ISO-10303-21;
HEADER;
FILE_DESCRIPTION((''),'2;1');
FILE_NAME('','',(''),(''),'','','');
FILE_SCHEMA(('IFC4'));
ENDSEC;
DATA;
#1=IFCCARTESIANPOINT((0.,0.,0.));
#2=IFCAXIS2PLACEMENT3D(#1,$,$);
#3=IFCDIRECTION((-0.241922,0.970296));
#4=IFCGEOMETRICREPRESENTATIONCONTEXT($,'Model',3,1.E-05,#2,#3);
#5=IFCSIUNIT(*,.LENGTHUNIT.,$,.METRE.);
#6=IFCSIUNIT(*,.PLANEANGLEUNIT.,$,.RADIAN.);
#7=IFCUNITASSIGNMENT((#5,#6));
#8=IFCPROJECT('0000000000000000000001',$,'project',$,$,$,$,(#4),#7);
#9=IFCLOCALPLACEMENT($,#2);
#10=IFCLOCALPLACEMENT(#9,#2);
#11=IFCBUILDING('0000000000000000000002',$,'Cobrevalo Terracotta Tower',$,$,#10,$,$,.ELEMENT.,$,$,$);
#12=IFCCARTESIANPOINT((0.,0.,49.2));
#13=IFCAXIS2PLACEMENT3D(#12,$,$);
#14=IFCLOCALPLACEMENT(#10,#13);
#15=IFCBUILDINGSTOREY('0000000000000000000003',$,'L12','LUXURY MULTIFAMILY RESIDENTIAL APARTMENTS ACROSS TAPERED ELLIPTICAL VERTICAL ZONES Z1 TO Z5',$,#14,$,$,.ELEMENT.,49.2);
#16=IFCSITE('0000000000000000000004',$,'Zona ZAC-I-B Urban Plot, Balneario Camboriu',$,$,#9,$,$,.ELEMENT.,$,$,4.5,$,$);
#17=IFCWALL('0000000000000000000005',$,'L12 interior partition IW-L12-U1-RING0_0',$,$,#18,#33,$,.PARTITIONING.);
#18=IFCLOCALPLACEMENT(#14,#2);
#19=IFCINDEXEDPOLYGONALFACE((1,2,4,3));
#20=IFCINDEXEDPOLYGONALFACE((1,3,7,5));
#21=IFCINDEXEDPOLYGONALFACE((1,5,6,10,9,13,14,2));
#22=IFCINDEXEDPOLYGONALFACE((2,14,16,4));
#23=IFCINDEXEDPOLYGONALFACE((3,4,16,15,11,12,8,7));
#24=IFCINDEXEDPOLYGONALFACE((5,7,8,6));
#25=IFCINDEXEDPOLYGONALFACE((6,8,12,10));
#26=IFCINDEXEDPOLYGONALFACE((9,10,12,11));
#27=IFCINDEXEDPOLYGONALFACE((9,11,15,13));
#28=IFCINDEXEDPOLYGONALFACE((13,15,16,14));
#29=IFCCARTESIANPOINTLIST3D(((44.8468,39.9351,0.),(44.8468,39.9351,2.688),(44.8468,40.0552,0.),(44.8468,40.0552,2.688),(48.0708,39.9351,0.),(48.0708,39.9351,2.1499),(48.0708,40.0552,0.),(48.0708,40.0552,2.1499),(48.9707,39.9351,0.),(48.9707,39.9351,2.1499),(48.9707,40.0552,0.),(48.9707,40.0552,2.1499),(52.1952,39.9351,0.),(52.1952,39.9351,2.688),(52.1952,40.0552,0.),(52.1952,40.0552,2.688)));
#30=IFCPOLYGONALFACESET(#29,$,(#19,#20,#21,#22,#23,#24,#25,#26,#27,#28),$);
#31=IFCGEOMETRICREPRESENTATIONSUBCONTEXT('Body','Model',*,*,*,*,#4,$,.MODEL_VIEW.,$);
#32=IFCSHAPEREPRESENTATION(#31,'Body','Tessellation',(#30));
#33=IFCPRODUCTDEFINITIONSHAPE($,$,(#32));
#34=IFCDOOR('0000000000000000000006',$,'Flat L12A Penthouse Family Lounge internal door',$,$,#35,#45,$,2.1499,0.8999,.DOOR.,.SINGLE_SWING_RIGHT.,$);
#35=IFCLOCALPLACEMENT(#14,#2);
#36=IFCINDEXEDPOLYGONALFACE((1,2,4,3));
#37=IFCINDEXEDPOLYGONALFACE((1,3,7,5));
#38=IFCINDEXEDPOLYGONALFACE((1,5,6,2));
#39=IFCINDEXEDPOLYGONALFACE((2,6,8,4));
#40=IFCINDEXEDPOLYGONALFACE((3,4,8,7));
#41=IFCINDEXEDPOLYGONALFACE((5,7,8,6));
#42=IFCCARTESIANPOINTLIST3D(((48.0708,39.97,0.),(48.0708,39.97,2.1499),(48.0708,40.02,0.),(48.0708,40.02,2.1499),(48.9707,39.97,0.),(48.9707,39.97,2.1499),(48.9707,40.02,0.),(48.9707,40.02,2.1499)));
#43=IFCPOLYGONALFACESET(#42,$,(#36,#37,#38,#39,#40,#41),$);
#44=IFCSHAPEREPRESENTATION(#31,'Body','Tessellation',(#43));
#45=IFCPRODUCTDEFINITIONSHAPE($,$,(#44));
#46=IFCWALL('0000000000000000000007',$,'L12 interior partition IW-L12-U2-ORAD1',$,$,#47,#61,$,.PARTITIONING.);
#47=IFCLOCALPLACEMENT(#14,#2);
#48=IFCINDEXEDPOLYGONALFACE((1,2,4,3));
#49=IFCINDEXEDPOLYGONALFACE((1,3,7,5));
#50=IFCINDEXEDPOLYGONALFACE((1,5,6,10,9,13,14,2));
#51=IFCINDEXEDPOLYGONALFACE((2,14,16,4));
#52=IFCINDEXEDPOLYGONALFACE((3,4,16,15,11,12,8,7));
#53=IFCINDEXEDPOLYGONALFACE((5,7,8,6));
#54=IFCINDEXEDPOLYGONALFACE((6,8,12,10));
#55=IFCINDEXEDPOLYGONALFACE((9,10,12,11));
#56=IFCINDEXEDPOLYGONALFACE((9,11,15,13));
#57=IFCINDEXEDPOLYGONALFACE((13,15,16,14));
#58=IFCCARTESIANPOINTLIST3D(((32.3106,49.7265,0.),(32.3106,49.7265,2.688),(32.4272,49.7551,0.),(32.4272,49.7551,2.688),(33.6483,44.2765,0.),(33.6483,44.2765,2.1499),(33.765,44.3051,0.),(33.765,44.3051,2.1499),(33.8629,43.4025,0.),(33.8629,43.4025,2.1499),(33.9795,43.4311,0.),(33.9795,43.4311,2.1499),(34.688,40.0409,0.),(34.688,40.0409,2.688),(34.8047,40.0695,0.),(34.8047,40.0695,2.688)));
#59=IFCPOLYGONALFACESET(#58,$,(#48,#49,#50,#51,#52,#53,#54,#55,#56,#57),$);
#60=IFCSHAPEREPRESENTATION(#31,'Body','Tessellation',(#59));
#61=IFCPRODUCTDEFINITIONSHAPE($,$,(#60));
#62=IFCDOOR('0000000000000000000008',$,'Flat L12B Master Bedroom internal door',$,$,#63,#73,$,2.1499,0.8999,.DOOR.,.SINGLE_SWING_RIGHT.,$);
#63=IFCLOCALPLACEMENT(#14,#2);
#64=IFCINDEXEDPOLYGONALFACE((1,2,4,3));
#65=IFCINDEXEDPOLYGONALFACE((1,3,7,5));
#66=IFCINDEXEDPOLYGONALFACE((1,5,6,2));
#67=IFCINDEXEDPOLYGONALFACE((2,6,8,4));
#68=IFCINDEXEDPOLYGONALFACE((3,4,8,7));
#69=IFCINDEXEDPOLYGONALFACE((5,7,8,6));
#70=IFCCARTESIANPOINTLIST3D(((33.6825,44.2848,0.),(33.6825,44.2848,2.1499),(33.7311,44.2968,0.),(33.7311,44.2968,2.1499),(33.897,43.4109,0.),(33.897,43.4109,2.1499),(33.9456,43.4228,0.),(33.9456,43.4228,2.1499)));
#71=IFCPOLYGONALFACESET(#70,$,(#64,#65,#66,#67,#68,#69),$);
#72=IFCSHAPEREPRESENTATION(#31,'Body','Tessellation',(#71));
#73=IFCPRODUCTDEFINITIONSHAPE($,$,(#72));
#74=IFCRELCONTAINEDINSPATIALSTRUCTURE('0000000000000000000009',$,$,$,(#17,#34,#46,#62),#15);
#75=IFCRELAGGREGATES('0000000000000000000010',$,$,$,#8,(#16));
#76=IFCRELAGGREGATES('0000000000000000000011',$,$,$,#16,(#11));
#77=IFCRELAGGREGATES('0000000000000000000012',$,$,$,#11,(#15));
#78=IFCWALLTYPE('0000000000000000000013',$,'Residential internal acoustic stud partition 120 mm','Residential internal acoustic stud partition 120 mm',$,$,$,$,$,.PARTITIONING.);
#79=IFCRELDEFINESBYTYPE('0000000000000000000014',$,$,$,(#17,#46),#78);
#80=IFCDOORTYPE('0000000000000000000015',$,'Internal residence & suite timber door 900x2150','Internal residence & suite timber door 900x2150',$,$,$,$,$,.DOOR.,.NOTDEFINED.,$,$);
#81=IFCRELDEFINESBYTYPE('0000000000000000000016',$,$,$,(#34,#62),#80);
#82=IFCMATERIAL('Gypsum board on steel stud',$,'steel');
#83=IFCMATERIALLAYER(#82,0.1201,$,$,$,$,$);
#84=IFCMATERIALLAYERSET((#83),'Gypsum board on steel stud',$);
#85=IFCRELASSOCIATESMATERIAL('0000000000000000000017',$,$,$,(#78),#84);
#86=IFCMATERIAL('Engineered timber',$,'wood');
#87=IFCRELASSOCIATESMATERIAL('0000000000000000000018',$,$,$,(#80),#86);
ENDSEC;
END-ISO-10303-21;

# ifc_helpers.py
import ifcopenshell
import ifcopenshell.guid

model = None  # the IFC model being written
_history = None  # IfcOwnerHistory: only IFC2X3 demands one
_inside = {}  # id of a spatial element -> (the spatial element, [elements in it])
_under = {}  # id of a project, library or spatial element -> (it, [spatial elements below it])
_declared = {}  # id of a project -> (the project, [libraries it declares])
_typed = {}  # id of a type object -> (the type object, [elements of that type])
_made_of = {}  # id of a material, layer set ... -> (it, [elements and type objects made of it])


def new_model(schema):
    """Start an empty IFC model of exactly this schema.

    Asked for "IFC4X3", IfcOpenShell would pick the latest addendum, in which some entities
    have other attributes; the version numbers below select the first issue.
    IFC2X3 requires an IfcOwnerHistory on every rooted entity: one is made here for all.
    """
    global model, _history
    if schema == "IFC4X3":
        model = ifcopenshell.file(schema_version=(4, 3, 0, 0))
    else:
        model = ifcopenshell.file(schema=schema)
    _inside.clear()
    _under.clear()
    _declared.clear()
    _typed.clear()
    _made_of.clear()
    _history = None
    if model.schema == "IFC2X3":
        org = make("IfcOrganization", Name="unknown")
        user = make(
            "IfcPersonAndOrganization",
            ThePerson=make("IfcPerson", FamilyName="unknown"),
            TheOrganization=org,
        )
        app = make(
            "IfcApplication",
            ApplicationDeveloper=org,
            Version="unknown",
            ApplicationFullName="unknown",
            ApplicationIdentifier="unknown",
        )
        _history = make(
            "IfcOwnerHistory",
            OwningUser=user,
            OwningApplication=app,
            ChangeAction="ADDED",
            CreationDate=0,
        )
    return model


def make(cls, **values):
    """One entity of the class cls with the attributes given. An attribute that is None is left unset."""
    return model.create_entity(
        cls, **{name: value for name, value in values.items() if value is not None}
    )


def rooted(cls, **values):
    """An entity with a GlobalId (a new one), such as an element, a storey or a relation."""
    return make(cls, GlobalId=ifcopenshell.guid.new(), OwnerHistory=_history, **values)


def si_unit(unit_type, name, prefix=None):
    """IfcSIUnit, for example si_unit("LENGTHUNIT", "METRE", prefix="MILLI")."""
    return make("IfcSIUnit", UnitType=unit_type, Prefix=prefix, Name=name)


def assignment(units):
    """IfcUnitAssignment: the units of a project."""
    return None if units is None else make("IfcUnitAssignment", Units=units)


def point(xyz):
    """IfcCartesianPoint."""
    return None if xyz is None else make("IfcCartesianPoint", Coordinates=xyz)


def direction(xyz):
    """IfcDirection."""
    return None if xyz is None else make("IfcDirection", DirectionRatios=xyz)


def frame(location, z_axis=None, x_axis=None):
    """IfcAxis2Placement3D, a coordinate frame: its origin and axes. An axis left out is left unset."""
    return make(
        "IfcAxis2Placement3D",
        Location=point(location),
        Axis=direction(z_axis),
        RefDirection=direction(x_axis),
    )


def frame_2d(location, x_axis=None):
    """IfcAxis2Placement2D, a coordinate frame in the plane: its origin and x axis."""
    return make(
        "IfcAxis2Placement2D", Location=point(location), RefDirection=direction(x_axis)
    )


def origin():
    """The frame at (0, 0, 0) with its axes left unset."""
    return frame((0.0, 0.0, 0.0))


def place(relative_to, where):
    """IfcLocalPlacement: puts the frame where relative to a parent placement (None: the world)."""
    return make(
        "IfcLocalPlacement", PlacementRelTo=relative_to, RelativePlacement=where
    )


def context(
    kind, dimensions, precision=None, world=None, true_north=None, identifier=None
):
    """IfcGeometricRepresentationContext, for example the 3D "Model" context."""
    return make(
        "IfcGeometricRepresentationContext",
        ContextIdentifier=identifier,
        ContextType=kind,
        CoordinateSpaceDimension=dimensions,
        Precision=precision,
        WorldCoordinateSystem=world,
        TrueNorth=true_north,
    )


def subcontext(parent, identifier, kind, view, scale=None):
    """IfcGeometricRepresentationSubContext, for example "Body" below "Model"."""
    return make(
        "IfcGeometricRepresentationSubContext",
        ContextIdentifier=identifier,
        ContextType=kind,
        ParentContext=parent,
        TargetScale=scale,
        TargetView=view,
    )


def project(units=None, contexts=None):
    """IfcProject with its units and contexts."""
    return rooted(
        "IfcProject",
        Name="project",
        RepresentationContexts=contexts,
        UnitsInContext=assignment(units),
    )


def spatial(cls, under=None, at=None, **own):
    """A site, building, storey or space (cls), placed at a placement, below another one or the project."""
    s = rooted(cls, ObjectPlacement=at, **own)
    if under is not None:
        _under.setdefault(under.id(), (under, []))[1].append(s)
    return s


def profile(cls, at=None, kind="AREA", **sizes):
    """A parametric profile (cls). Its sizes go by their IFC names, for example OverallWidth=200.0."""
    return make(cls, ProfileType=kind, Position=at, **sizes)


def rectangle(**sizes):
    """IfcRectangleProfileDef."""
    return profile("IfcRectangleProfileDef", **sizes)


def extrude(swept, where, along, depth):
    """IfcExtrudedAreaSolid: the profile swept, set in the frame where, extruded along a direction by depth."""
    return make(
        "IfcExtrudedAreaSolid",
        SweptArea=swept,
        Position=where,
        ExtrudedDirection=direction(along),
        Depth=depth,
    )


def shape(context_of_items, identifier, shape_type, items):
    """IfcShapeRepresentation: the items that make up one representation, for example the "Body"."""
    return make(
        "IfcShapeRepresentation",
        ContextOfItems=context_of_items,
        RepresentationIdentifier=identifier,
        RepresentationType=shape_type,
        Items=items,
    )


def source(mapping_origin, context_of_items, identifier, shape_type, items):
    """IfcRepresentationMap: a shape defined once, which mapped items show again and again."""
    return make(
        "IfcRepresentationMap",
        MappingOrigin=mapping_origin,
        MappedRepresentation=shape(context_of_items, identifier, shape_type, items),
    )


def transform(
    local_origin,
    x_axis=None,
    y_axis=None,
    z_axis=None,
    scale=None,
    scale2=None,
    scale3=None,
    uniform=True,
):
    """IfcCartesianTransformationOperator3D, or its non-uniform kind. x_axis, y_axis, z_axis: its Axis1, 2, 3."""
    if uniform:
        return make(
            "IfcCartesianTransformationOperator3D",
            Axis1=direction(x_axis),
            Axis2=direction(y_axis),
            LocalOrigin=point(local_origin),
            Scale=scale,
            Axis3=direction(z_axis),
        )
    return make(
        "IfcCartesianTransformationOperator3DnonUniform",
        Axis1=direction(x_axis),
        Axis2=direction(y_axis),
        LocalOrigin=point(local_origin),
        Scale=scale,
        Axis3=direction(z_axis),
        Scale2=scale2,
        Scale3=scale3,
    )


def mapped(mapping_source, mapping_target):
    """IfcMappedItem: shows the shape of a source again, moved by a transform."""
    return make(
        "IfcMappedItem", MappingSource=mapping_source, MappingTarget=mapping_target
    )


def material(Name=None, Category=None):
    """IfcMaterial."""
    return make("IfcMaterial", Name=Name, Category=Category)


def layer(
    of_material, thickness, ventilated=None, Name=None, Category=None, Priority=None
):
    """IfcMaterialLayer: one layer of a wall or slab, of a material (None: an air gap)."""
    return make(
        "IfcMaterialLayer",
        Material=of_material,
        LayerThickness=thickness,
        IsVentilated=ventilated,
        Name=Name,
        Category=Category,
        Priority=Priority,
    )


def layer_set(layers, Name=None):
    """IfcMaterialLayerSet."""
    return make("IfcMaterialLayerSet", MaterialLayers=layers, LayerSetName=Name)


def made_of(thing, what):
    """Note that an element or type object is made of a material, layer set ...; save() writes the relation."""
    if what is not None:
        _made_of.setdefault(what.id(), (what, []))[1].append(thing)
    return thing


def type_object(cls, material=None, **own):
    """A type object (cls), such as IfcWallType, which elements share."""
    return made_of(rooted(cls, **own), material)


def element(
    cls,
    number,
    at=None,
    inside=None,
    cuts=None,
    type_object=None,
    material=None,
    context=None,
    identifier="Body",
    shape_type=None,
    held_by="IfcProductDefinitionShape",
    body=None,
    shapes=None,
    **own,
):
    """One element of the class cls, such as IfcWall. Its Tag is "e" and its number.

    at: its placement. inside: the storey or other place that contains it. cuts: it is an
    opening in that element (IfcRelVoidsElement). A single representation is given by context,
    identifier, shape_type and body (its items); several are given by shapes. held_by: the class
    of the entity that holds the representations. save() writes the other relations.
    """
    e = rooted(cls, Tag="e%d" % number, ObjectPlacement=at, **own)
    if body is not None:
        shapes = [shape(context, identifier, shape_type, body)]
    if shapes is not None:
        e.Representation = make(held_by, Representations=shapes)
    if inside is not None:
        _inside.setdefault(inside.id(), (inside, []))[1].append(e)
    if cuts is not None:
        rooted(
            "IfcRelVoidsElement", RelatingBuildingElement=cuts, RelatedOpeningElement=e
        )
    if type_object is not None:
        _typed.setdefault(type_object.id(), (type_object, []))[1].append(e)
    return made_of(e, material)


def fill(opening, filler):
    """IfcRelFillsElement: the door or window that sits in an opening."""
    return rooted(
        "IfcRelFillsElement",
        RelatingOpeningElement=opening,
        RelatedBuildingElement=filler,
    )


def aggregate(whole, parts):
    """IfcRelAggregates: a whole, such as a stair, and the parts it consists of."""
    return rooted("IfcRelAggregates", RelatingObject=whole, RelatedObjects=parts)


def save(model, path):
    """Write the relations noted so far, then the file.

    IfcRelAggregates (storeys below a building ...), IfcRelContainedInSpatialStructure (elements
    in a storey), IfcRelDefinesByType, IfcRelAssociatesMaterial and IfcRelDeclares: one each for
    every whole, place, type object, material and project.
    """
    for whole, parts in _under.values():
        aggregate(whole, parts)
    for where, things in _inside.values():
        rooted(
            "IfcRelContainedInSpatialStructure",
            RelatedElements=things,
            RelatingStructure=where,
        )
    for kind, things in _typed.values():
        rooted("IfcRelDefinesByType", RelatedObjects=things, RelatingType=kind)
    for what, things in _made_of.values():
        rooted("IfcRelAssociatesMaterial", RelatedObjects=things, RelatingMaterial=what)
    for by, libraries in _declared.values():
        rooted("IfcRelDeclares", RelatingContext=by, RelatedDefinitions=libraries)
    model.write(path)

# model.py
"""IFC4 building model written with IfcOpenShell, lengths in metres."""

from ifc_helpers import new_model, si_unit, direction, frame, frame_2d, origin, place, context, subcontext, project, spatial, rectangle, extrude, source, transform, mapped, material, layer, layer_set, type_object, element, fill, save


model = new_model("IFC4")

# Units and contexts
model_context = context("Model", 3, precision=1e-05, world=origin(), true_north=direction((-0.241922, 0.970296)))
body_context = subcontext(model_context, "Body", "Model", "MODEL_VIEW")
ifc_project = project(units=[si_unit("LENGTHUNIT", "METRE"), si_unit("PLANEANGLEUNIT", "RADIAN")], contexts=[model_context])

# Site, building, storey
site_placement = place(None, origin())
site = spatial("IfcSite", under=ifc_project, at=site_placement, Name="Zona ZAC-I-B Urban Plot, Balneario Camboriu", CompositionType="ELEMENT", RefElevation=4.5)
building_placement = place(site_placement, origin())
building = spatial("IfcBuilding", under=site, at=building_placement, Name="Cobrevalo Terracotta Tower", CompositionType="ELEMENT")
storey_placement = place(building_placement, frame((0.0, 0.0, 49.2)))
storey = spatial("IfcBuildingStorey", under=building, at=storey_placement, Name="L12", Description="LUXURY MULTIFAMILY RESIDENTIAL APARTMENTS ACROSS TAPERED ELLIPTICAL VERTICAL ZONES Z1 TO Z5", CompositionType="ELEMENT", Elevation=49.2)

# Shared definitions
ifc_material_1 = material(Name="Gypsum board on steel stud", Category="steel")

# Walls, openings, doors
ifc_layer_1 = layer(ifc_material_1, 0.1201)
ifc_layer_set_1 = layer_set([ifc_layer_1], Name="Gypsum board on steel stud")
wall_type_1 = type_object("IfcWallType", Name="Residential internal acoustic stud partition 120 mm", Description="Residential internal acoustic stud partition 120 mm", PredefinedType="PARTITIONING", material=ifc_layer_set_1)
wall_1_placement = place(storey_placement, frame((44.8467, 39.9951, 0.0), z_axis=(0.0, 0.0, 1.0), x_axis=(1.0, 0.0, 0.0)))
wall_1 = element("IfcWall", 1, at=wall_1_placement, inside=storey, type_object=wall_type_1, Name="L12 interior partition IW-L12-U1-RING0_0", PredefinedType="PARTITIONING", context=body_context, shape_type="SweptSolid", body=[
    extrude(rectangle(XDim=7.3484, YDim=0.1201, at=frame_2d((3.6743, 0.0))), origin(), (0.0, 0.0, 1.0), 2.688),
])
opening_1_placement = place(wall_1_placement, frame((3.2241, 0.0, 0.0)))
opening_1 = element("IfcOpeningElement", 2, at=opening_1_placement, cuts=wall_1, PredefinedType="OPENING", context=body_context, shape_type="SweptSolid", body=[
    extrude(rectangle(XDim=0.8999, YDim=2.1499, at=frame_2d((0.45, 1.075))), frame((0.0, 0.0701, 0.0), z_axis=(0.0, -1.0, 0.0), x_axis=(1.0, 0.0, 0.0)), (0.0, 0.0, 1.0), 0.1401),
])
ifc_material_2 = material(Name="Engineered timber", Category="wood")
door_type_1 = type_object("IfcDoorType", Name="Internal residence & suite timber door 900x2150", Description="Internal residence & suite timber door 900x2150", OperationType="NOTDEFINED", PredefinedType="DOOR", material=ifc_material_2)
shared_shape_1 = source(origin(), body_context, "Body", "SweptSolid", [
    extrude(rectangle(XDim=0.8999, YDim=2.1499, at=frame_2d((0.45, 1.075))), frame((0.0, 0.0249, 0.0), z_axis=(0.0, -1.0, 0.0), x_axis=(1.0, 0.0, 0.0)), (0.0, 0.0, 1.0), 0.05),
])
door_1_placement = place(opening_1_placement, origin())
door_1 = element("IfcDoor", 3, at=door_1_placement, inside=storey, type_object=door_type_1, Name="Flat L12A Penthouse Family Lounge internal door", OperationType="SINGLE_SWING_RIGHT", OverallHeight=2.1499, OverallWidth=0.8999, PredefinedType="DOOR", context=body_context, shape_type="MappedRepresentation", body=[
    mapped(shared_shape_1, transform((0.0, 0.0, 0.0), scale=1.0)),
])
fill(opening_1, door_1)
wall_2_placement = place(storey_placement, frame((34.7463, 40.0552, 0.0), z_axis=(0.0, 0.0, 1.0), x_axis=(-0.238386, 0.97117, 0.0)))
wall_2 = element("IfcWall", 4, at=wall_2_placement, inside=storey, type_object=wall_type_1, Name="L12 interior partition IW-L12-U2-ORAD1", PredefinedType="PARTITIONING", context=body_context, shape_type="SweptSolid", body=[
    extrude(rectangle(XDim=9.9731, YDim=0.1201, at=frame_2d((4.9866, 0.0))), origin(), (0.0, 0.0, 1.0), 2.688),
])
opening_2_placement = place(wall_2_placement, frame((3.4614, 0.0, 0.0)))
opening_2 = element("IfcOpeningElement", 5, at=opening_2_placement, cuts=wall_2, PredefinedType="OPENING", context=body_context, shape_type="SweptSolid", body=[
    extrude(rectangle(XDim=0.8999, YDim=2.1499, at=frame_2d((0.45, 1.075))), frame((0.0, 0.0701, 0.0), z_axis=(0.0, -1.0, 0.0), x_axis=(1.0, 0.0, 0.0)), (0.0, 0.0, 1.0), 0.1401),
])
door_2_placement = place(opening_2_placement, origin())
door_2 = element("IfcDoor", 6, at=door_2_placement, inside=storey, type_object=door_type_1, Name="Flat L12B Master Bedroom internal door", OperationType="SINGLE_SWING_RIGHT", OverallHeight=2.1499, OverallWidth=0.8999, PredefinedType="DOOR", context=body_context, shape_type="MappedRepresentation", body=[
    mapped(shared_shape_1, transform((0.0, 0.0, 0.0), scale=1.0)),
])
fill(opening_2, door_2)

save(model, "model.ifc")
